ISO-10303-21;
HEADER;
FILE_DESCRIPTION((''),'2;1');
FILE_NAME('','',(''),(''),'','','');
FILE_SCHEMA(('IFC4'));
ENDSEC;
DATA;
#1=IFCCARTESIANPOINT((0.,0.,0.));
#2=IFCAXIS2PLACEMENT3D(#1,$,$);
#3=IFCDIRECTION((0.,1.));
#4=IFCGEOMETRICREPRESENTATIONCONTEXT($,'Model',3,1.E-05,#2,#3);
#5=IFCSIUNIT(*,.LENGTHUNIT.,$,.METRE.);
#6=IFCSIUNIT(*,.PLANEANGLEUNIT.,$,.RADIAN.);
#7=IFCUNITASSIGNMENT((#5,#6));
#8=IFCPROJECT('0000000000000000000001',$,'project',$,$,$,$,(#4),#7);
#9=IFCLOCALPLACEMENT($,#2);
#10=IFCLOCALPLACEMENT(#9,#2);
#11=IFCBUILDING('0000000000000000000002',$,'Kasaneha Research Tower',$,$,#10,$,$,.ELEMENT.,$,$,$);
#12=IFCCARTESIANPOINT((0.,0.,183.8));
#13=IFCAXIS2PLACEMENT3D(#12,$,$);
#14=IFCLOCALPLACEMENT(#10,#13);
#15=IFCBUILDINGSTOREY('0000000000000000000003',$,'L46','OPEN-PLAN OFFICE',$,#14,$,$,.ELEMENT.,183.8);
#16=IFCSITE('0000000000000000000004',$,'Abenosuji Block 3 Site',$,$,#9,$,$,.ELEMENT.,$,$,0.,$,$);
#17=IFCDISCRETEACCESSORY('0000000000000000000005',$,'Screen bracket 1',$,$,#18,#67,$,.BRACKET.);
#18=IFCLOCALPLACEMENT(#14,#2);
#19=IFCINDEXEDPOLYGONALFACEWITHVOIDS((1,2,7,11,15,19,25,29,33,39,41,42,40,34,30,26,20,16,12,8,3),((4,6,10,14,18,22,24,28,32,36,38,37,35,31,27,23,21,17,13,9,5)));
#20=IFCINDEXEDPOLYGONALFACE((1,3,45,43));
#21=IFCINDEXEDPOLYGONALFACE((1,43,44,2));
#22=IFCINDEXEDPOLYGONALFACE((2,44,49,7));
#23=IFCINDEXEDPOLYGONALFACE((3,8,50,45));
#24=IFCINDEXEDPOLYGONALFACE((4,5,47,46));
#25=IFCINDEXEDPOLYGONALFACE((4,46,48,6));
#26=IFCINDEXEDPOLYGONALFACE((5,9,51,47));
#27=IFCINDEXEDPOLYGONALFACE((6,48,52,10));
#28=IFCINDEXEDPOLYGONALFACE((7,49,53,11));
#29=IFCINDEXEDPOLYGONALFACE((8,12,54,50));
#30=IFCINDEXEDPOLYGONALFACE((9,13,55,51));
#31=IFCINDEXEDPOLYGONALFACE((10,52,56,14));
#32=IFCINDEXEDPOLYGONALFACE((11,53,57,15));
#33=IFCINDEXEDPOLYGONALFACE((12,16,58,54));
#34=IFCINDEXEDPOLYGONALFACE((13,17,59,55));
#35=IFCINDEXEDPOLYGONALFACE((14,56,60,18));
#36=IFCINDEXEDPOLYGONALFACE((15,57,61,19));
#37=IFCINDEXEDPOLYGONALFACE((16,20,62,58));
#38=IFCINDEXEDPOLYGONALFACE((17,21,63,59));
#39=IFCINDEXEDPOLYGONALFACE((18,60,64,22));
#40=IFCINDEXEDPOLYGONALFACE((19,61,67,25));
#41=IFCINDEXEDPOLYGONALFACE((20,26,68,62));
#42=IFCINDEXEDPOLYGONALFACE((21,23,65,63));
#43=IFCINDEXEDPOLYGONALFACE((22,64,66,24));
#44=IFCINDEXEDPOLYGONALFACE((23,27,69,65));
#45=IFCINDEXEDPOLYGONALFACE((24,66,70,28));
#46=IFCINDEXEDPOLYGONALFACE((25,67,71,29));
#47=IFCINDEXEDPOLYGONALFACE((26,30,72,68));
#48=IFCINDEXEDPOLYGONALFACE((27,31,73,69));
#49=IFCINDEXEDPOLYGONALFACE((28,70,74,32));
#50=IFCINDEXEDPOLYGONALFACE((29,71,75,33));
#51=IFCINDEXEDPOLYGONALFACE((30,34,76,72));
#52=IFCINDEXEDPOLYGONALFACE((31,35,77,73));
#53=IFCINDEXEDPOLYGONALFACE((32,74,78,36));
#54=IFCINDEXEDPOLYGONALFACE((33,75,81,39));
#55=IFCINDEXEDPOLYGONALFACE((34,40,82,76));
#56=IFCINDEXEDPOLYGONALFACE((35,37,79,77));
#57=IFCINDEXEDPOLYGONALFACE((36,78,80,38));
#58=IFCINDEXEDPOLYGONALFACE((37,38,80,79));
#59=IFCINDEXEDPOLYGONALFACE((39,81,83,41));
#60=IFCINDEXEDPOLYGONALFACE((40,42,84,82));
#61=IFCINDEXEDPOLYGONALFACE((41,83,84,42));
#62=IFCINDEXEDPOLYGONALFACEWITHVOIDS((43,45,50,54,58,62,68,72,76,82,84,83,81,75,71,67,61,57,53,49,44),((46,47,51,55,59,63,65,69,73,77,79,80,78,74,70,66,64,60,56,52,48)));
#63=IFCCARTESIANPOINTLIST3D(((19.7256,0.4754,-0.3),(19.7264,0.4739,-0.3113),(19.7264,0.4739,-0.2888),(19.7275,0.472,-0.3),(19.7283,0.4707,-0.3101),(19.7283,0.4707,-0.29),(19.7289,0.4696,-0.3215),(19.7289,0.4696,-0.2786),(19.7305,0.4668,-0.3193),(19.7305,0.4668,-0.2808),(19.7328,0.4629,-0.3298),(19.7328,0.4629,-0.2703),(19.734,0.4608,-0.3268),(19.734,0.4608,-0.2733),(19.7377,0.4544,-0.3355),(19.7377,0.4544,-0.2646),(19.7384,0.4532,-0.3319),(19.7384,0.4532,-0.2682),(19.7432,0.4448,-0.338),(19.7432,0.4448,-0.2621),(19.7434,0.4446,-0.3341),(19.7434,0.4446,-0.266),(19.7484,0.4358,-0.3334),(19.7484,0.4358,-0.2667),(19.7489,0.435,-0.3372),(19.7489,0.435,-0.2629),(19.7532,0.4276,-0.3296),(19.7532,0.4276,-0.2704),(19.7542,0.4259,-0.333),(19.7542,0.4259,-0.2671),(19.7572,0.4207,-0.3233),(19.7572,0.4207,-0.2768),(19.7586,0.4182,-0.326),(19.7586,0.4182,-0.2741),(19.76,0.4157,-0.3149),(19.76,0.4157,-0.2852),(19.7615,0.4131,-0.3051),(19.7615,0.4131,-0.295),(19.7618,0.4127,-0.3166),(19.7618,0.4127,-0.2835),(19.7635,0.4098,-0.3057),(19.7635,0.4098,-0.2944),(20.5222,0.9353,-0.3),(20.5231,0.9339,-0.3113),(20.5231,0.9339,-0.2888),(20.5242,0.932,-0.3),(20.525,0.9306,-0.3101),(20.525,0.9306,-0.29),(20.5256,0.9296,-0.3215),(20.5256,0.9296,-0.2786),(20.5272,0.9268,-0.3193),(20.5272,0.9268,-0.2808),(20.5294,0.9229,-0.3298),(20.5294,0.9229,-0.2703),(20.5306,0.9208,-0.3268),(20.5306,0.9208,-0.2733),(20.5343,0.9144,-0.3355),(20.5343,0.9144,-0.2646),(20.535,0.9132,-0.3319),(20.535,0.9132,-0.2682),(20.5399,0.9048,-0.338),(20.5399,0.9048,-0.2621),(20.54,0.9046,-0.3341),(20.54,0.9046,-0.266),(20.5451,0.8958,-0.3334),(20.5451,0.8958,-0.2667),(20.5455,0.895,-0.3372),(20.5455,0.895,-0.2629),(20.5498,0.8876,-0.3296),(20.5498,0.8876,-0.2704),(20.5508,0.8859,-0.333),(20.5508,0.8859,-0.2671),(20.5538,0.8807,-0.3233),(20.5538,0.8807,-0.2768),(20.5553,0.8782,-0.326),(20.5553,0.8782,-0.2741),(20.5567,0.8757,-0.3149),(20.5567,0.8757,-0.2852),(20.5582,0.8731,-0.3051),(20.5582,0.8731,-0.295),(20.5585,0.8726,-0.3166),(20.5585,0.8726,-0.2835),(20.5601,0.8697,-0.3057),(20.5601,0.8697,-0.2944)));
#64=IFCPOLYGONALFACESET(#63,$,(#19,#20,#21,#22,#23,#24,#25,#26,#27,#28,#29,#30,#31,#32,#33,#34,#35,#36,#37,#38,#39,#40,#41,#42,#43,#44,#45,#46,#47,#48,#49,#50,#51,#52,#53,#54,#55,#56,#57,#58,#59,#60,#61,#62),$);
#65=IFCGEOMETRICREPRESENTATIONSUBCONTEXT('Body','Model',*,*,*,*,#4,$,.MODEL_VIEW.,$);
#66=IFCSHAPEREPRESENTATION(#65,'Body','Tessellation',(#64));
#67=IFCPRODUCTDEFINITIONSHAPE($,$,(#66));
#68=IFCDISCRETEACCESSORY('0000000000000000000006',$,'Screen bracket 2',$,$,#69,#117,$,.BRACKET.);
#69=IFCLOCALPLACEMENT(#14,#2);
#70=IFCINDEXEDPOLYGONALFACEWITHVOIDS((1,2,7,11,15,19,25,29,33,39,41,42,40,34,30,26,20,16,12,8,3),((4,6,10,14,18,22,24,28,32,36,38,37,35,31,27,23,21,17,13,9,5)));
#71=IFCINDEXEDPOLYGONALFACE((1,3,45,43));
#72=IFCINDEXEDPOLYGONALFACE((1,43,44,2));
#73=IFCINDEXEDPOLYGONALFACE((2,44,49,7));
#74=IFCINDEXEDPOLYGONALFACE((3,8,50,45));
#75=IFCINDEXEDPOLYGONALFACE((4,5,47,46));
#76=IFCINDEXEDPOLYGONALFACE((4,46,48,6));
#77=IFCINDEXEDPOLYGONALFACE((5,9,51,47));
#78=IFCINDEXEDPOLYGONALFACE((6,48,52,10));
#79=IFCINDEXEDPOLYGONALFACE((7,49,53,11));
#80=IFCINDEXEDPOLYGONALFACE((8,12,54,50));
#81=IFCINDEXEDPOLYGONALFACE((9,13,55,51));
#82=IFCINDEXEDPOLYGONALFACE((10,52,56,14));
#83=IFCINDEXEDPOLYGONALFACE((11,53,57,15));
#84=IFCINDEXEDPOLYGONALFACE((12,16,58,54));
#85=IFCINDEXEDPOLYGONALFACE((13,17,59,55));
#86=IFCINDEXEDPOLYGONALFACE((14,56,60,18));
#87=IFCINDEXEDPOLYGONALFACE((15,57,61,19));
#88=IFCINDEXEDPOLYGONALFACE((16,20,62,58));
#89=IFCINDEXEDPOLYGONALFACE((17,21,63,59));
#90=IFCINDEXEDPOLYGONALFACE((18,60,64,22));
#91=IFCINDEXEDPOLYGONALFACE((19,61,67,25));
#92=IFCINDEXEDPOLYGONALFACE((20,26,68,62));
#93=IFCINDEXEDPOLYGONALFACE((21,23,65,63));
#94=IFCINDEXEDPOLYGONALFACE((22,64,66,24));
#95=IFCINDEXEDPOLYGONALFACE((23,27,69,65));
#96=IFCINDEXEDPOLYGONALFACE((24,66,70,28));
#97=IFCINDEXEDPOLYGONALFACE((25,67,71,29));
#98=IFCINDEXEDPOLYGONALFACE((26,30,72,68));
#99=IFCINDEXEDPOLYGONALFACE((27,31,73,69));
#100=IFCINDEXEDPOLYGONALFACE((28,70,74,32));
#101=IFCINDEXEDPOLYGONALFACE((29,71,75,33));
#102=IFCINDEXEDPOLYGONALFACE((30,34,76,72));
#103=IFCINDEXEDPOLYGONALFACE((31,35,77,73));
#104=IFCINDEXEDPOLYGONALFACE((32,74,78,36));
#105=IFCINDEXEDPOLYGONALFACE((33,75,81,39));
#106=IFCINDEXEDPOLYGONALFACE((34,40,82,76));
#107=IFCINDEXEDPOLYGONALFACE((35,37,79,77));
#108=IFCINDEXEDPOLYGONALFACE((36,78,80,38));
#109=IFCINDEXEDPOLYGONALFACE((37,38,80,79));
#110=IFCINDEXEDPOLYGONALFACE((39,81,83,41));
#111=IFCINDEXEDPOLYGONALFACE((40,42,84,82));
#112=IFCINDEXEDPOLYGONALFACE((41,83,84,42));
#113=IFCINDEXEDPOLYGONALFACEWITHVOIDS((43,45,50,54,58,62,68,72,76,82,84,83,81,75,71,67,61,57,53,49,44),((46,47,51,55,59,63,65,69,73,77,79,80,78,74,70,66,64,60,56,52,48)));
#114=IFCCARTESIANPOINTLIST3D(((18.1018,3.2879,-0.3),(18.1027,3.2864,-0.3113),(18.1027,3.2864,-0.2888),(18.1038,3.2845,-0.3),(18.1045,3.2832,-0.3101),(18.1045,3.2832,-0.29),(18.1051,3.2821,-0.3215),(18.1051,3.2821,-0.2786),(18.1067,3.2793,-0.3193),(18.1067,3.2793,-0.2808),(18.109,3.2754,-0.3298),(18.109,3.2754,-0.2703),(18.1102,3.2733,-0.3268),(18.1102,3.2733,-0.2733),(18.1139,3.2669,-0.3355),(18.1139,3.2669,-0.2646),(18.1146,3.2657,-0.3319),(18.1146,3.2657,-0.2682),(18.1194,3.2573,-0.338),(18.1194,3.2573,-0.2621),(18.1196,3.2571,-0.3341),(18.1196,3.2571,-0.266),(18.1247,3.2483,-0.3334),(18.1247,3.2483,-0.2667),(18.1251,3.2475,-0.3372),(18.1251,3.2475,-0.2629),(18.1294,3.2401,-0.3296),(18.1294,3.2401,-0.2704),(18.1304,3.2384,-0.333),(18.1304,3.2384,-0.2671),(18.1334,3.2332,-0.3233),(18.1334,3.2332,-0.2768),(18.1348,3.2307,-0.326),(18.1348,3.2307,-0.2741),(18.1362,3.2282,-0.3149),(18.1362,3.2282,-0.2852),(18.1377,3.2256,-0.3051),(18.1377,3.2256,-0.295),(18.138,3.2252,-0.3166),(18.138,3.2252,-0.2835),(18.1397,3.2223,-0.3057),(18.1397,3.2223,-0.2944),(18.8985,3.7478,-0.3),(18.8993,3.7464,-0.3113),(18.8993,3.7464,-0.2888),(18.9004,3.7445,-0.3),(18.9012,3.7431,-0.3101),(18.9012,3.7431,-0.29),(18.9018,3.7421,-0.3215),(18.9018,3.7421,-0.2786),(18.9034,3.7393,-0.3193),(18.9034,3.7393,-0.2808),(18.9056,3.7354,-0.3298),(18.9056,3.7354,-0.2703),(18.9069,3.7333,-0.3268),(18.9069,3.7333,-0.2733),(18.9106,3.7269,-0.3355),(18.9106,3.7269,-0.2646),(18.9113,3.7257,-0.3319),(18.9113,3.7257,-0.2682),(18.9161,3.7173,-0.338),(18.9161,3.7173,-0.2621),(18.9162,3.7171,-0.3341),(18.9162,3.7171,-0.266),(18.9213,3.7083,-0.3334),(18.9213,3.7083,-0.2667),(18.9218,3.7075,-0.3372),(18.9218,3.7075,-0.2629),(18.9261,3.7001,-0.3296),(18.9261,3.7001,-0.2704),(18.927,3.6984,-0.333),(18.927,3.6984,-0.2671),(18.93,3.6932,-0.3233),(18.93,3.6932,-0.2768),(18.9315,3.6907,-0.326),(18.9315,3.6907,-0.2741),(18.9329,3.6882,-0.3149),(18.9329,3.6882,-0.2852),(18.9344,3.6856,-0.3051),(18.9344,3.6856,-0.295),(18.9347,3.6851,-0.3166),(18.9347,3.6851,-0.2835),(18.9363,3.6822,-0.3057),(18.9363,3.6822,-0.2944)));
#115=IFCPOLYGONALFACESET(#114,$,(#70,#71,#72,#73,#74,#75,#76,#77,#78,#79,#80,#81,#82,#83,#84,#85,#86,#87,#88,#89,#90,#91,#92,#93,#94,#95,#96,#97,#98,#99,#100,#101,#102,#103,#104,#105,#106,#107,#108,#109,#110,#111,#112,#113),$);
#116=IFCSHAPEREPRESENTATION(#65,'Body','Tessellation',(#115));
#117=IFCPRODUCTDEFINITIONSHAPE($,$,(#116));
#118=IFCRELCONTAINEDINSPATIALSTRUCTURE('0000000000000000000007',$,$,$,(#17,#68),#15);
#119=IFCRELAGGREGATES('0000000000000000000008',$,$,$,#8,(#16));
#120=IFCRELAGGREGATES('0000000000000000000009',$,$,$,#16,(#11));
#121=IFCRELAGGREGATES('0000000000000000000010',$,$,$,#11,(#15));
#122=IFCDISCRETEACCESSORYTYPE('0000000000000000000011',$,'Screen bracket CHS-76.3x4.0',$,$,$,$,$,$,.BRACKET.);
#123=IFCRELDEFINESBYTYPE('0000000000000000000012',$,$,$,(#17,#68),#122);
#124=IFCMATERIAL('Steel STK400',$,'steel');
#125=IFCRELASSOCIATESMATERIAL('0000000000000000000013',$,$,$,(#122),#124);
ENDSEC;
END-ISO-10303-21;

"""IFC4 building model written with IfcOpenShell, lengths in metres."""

from ifc_helpers import new_model, si_unit, direction, frame, origin, origin_2d, place, context, subcontext, project, spatial, hollow_circle, extrude, material, material_profile, profile_set, type_object, element, save


model = new_model("IFC4")

# Units and contexts
model_context = context("Model", 3, precision=1e-05, world=origin(), true_north=direction((0.0, 1.0)))
body_context = subcontext(model_context, "Body", "Model", "MODEL_VIEW")
ifc_project = project(units=[si_unit("LENGTHUNIT", "METRE"), si_unit("PLANEANGLEUNIT", "RADIAN")], contexts=[model_context])

# Site, building, storey
site_placement = place(None, origin())
site = spatial("IfcSite", under=ifc_project, at=site_placement, Name="Abenosuji Block 3 Site", CompositionType="ELEMENT", RefElevation=0.0)
building_placement = place(site_placement, origin())
building = spatial("IfcBuilding", under=site, at=building_placement, Name="Kasaneha Research Tower", CompositionType="ELEMENT")
storey_placement = place(building_placement, frame((0.0, 0.0, 183.8)))
storey = spatial("IfcBuildingStorey", under=building, at=storey_placement, Name="L46", Description="OPEN-PLAN OFFICE", CompositionType="ELEMENT", Elevation=183.8)

# Discrete accessories
ifc_material_1 = material(Name="Steel STK400", Category="steel")
ifc_material_profile_1 = material_profile(ifc_material_1, hollow_circle(Radius=0.0381, WallThickness=0.0039, at=origin_2d()), Name="CHS-76.3x4.0")
ifc_profile_set_1 = profile_set([ifc_material_profile_1], Name="Steel STK400")
discrete_accessory_type = type_object("IfcDiscreteAccessoryType", Name="Screen bracket CHS-76.3x4.0", PredefinedType="BRACKET", material=ifc_profile_set_1)
for number, where, z_axis, x_axis, name in (
    (1, (19.7446, 0.4424, -0.3), (0.866013, 0.500021, 0.0), (-0.500021, 0.866013, 0.0), "Screen bracket 1"),
    (2, (18.1208, 3.2549, -0.3), (0.866013, 0.500021, 0.0), (-0.500021, 0.866013, 0.0), "Screen bracket 2"),
):
    element("IfcDiscreteAccessory", number, at=place(storey_placement, frame(where, z_axis=z_axis, x_axis=x_axis)), inside=storey, type_object=discrete_accessory_type, Name=name, PredefinedType="BRACKET", context=body_context, shape_type="SweptSolid", body=[
        extrude(hollow_circle(Radius=0.0381, WallThickness=0.0039, at=origin_2d()), origin(), (0.0, 0.0, 1.0), 0.9199),
    ])

save(model, "model.ifc")
